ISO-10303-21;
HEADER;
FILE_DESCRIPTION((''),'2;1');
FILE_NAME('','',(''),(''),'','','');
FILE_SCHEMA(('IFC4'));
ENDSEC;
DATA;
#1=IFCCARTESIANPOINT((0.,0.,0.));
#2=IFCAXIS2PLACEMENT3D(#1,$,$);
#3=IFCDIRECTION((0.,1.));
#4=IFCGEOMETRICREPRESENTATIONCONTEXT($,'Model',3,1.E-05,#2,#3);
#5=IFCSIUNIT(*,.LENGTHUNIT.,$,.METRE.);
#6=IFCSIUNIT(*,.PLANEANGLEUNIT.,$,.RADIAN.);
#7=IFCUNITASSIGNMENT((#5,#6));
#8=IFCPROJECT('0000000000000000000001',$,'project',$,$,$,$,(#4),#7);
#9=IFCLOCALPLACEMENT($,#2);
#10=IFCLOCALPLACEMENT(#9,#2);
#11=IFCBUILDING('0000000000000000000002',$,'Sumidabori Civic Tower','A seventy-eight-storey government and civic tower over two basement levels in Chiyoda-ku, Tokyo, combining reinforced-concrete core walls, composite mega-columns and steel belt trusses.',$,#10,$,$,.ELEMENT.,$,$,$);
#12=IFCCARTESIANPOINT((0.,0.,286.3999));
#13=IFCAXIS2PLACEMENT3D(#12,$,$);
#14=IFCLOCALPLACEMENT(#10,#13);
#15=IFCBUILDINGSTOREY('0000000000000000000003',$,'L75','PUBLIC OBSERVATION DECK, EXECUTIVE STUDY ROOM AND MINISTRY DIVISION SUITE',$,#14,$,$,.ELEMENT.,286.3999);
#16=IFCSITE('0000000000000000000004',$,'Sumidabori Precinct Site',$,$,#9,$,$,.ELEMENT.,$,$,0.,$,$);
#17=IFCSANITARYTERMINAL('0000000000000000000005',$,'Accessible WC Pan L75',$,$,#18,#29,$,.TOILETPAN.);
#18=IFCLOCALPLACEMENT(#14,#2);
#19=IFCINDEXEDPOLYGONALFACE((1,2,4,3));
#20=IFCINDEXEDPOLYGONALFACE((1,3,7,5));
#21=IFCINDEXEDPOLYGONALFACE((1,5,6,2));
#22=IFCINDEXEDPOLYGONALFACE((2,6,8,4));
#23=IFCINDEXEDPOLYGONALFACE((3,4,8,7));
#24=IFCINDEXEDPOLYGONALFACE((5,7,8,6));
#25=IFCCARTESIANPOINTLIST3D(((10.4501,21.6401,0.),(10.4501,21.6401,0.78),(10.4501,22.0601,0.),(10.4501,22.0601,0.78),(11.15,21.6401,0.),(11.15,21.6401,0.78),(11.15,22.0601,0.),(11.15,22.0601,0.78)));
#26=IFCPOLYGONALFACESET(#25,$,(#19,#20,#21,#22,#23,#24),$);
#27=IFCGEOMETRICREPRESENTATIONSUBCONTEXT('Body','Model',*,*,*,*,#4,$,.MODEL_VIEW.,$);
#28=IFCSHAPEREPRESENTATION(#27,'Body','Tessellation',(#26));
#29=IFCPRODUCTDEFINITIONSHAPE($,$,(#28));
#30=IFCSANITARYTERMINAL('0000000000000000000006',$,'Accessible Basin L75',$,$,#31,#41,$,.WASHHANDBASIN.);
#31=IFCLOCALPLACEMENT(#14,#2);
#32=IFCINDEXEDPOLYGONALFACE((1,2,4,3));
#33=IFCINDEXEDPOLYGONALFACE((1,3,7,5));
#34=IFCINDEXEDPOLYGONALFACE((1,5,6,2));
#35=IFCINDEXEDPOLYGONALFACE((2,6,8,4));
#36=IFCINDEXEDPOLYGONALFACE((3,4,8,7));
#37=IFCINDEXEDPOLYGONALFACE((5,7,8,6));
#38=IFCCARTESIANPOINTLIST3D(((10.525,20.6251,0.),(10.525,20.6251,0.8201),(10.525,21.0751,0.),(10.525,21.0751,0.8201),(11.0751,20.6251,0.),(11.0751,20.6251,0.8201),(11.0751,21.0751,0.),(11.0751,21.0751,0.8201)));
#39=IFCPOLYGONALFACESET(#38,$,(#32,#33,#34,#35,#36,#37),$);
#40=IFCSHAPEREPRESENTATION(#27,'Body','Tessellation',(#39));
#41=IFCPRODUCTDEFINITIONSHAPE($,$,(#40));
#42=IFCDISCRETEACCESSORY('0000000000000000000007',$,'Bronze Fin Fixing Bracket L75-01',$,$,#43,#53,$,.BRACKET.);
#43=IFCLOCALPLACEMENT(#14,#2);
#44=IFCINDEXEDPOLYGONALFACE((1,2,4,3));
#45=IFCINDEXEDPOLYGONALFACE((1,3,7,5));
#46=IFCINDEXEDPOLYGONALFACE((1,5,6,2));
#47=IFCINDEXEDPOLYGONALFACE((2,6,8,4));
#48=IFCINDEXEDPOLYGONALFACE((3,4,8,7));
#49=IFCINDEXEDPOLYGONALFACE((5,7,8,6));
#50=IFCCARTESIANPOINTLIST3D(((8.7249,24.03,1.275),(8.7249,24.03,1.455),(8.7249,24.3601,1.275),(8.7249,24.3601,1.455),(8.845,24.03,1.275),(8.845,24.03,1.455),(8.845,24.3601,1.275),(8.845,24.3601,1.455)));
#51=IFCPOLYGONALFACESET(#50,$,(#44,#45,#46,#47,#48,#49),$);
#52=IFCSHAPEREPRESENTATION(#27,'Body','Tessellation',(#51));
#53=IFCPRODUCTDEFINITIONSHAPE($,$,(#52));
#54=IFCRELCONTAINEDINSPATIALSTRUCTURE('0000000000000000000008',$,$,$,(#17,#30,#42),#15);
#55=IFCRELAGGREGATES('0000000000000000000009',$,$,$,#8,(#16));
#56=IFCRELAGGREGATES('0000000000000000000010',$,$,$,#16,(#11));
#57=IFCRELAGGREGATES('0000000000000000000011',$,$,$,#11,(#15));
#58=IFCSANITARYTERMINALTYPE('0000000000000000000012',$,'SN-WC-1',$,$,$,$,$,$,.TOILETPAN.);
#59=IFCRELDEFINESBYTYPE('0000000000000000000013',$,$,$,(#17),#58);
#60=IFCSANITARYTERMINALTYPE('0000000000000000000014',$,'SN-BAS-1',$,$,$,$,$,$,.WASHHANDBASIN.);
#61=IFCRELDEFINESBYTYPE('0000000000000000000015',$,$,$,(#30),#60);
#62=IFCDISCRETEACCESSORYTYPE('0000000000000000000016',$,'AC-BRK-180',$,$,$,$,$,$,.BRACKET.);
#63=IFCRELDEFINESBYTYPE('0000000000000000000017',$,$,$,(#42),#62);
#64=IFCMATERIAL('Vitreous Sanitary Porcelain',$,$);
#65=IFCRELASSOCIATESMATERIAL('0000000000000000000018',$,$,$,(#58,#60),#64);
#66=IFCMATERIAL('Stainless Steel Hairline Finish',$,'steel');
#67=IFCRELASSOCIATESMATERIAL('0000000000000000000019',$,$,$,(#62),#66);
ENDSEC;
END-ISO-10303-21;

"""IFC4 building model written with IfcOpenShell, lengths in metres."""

from ifc_helpers import new_model, si_unit, direction, frame, origin, origin_2d, place, context, subcontext, project, spatial, rectangle, extrude, source, transform, mapped, material, material_profile, profile_set, type_object, element, save


model = new_model("IFC4")

# Units and contexts
model_context = context("Model", 3, precision=1e-05, world=origin(), true_north=direction((0.0, 1.0)))
body_context = subcontext(model_context, "Body", "Model", "MODEL_VIEW")
ifc_project = project(units=[si_unit("LENGTHUNIT", "METRE"), si_unit("PLANEANGLEUNIT", "RADIAN")], contexts=[model_context])

# Site, building, storey
site_placement = place(None, origin())
site = spatial("IfcSite", under=ifc_project, at=site_placement, Name="Sumidabori Precinct Site", CompositionType="ELEMENT", RefElevation=0.0)
building_placement = place(site_placement, origin())
building = spatial("IfcBuilding", under=site, at=building_placement, Name="Sumidabori Civic Tower", Description="A seventy-eight-storey government and civic tower over two basement levels in Chiyoda-ku, Tokyo, combining reinforced-concrete core walls, composite mega-columns and steel belt trusses.", CompositionType="ELEMENT")
storey_placement = place(building_placement, frame((0.0, 0.0, 286.3999)))
storey = spatial("IfcBuildingStorey", under=building, at=storey_placement, Name="L75", Description="PUBLIC OBSERVATION DECK, EXECUTIVE STUDY ROOM AND MINISTRY DIVISION SUITE", CompositionType="ELEMENT", Elevation=286.3999)

# Shared definitions
ifc_material_1 = material(Name="Stainless Steel Hairline Finish", Category="steel")

# Sanitary terminals
ifc_material_2 = material(Name="Vitreous Sanitary Porcelain")
sanitary_terminal_type_1 = type_object("IfcSanitaryTerminalType", Name="SN-WC-1", PredefinedType="TOILETPAN", material=ifc_material_2)
shared_shape_1 = source(origin(), body_context, "Body", "SweptSolid", [
    extrude(rectangle(XDim=0.7, YDim=0.4199, at=origin_2d()), origin(), (0.0, 0.0, 1.0), 0.78),
])
sanitary_terminal_1_placement = place(storey_placement, frame((10.8, 21.8501, 0.0), z_axis=(0.0, 0.0, 1.0), x_axis=(1.0, 0.0, 0.0)))
element("IfcSanitaryTerminal", 1, at=sanitary_terminal_1_placement, inside=storey, type_object=sanitary_terminal_type_1, Name="Accessible WC Pan L75", PredefinedType="TOILETPAN", context=body_context, shape_type="MappedRepresentation", body=[
    mapped(shared_shape_1, transform((0.0, 0.0, 0.0), x_axis=(1.0, 0.0, 0.0), y_axis=(0.0, 1.0, 0.0), z_axis=(0.0, 0.0, 1.0), scale=1.0)),
])
sanitary_terminal_type_2 = type_object("IfcSanitaryTerminalType", Name="SN-BAS-1", PredefinedType="WASHHANDBASIN", material=ifc_material_2)
shared_shape_2 = source(origin(), body_context, "Body", "SweptSolid", [
    extrude(rectangle(XDim=0.55, YDim=0.45, at=origin_2d()), origin(), (0.0, 0.0, 1.0), 0.8201),
])
sanitary_terminal_2_placement = place(storey_placement, frame((10.8, 20.8501, 0.0), z_axis=(0.0, 0.0, 1.0), x_axis=(1.0, 0.0, 0.0)))
element("IfcSanitaryTerminal", 2, at=sanitary_terminal_2_placement, inside=storey, type_object=sanitary_terminal_type_2, Name="Accessible Basin L75", PredefinedType="WASHHANDBASIN", context=body_context, shape_type="MappedRepresentation", body=[
    mapped(shared_shape_2, transform((0.0, 0.0, 0.0), x_axis=(1.0, 0.0, 0.0), y_axis=(0.0, 1.0, 0.0), z_axis=(0.0, 0.0, 1.0), scale=1.0)),
])

# Discrete accessory
ifc_material_profile_1 = material_profile(ifc_material_1, rectangle(XDim=0.1201, YDim=0.1799, at=origin_2d()), Name="STEEL BRACKET 180x120")
ifc_profile_set_1 = profile_set([ifc_material_profile_1], Name="Stainless Steel Hairline Finish")
discrete_accessory_type = type_object("IfcDiscreteAccessoryType", Name="AC-BRK-180", PredefinedType="BRACKET", material=ifc_profile_set_1)
shared_shape_3 = source(origin(), body_context, "Body", "SweptSolid", [
    extrude(rectangle(XDim=0.1201, YDim=0.1799, at=origin_2d()), origin(), (0.0, 0.0, 1.0), 0.3301),
])
discrete_accessory_placement = place(storey_placement, frame((8.7849, 24.03, 1.365), z_axis=(0.0, 1.0, 0.0), x_axis=(-1.0, 0.0, 0.0)))
element("IfcDiscreteAccessory", 3, at=discrete_accessory_placement, inside=storey, type_object=discrete_accessory_type, Name="Bronze Fin Fixing Bracket L75-01", PredefinedType="BRACKET", context=body_context, shape_type="MappedRepresentation", body=[
    mapped(shared_shape_3, transform((0.0, 0.0, 0.0), x_axis=(1.0, 0.0, 0.0), y_axis=(0.0, 1.0, 0.0), z_axis=(0.0, 0.0, 1.0), scale=1.0)),
])

save(model, "model.ifc")
